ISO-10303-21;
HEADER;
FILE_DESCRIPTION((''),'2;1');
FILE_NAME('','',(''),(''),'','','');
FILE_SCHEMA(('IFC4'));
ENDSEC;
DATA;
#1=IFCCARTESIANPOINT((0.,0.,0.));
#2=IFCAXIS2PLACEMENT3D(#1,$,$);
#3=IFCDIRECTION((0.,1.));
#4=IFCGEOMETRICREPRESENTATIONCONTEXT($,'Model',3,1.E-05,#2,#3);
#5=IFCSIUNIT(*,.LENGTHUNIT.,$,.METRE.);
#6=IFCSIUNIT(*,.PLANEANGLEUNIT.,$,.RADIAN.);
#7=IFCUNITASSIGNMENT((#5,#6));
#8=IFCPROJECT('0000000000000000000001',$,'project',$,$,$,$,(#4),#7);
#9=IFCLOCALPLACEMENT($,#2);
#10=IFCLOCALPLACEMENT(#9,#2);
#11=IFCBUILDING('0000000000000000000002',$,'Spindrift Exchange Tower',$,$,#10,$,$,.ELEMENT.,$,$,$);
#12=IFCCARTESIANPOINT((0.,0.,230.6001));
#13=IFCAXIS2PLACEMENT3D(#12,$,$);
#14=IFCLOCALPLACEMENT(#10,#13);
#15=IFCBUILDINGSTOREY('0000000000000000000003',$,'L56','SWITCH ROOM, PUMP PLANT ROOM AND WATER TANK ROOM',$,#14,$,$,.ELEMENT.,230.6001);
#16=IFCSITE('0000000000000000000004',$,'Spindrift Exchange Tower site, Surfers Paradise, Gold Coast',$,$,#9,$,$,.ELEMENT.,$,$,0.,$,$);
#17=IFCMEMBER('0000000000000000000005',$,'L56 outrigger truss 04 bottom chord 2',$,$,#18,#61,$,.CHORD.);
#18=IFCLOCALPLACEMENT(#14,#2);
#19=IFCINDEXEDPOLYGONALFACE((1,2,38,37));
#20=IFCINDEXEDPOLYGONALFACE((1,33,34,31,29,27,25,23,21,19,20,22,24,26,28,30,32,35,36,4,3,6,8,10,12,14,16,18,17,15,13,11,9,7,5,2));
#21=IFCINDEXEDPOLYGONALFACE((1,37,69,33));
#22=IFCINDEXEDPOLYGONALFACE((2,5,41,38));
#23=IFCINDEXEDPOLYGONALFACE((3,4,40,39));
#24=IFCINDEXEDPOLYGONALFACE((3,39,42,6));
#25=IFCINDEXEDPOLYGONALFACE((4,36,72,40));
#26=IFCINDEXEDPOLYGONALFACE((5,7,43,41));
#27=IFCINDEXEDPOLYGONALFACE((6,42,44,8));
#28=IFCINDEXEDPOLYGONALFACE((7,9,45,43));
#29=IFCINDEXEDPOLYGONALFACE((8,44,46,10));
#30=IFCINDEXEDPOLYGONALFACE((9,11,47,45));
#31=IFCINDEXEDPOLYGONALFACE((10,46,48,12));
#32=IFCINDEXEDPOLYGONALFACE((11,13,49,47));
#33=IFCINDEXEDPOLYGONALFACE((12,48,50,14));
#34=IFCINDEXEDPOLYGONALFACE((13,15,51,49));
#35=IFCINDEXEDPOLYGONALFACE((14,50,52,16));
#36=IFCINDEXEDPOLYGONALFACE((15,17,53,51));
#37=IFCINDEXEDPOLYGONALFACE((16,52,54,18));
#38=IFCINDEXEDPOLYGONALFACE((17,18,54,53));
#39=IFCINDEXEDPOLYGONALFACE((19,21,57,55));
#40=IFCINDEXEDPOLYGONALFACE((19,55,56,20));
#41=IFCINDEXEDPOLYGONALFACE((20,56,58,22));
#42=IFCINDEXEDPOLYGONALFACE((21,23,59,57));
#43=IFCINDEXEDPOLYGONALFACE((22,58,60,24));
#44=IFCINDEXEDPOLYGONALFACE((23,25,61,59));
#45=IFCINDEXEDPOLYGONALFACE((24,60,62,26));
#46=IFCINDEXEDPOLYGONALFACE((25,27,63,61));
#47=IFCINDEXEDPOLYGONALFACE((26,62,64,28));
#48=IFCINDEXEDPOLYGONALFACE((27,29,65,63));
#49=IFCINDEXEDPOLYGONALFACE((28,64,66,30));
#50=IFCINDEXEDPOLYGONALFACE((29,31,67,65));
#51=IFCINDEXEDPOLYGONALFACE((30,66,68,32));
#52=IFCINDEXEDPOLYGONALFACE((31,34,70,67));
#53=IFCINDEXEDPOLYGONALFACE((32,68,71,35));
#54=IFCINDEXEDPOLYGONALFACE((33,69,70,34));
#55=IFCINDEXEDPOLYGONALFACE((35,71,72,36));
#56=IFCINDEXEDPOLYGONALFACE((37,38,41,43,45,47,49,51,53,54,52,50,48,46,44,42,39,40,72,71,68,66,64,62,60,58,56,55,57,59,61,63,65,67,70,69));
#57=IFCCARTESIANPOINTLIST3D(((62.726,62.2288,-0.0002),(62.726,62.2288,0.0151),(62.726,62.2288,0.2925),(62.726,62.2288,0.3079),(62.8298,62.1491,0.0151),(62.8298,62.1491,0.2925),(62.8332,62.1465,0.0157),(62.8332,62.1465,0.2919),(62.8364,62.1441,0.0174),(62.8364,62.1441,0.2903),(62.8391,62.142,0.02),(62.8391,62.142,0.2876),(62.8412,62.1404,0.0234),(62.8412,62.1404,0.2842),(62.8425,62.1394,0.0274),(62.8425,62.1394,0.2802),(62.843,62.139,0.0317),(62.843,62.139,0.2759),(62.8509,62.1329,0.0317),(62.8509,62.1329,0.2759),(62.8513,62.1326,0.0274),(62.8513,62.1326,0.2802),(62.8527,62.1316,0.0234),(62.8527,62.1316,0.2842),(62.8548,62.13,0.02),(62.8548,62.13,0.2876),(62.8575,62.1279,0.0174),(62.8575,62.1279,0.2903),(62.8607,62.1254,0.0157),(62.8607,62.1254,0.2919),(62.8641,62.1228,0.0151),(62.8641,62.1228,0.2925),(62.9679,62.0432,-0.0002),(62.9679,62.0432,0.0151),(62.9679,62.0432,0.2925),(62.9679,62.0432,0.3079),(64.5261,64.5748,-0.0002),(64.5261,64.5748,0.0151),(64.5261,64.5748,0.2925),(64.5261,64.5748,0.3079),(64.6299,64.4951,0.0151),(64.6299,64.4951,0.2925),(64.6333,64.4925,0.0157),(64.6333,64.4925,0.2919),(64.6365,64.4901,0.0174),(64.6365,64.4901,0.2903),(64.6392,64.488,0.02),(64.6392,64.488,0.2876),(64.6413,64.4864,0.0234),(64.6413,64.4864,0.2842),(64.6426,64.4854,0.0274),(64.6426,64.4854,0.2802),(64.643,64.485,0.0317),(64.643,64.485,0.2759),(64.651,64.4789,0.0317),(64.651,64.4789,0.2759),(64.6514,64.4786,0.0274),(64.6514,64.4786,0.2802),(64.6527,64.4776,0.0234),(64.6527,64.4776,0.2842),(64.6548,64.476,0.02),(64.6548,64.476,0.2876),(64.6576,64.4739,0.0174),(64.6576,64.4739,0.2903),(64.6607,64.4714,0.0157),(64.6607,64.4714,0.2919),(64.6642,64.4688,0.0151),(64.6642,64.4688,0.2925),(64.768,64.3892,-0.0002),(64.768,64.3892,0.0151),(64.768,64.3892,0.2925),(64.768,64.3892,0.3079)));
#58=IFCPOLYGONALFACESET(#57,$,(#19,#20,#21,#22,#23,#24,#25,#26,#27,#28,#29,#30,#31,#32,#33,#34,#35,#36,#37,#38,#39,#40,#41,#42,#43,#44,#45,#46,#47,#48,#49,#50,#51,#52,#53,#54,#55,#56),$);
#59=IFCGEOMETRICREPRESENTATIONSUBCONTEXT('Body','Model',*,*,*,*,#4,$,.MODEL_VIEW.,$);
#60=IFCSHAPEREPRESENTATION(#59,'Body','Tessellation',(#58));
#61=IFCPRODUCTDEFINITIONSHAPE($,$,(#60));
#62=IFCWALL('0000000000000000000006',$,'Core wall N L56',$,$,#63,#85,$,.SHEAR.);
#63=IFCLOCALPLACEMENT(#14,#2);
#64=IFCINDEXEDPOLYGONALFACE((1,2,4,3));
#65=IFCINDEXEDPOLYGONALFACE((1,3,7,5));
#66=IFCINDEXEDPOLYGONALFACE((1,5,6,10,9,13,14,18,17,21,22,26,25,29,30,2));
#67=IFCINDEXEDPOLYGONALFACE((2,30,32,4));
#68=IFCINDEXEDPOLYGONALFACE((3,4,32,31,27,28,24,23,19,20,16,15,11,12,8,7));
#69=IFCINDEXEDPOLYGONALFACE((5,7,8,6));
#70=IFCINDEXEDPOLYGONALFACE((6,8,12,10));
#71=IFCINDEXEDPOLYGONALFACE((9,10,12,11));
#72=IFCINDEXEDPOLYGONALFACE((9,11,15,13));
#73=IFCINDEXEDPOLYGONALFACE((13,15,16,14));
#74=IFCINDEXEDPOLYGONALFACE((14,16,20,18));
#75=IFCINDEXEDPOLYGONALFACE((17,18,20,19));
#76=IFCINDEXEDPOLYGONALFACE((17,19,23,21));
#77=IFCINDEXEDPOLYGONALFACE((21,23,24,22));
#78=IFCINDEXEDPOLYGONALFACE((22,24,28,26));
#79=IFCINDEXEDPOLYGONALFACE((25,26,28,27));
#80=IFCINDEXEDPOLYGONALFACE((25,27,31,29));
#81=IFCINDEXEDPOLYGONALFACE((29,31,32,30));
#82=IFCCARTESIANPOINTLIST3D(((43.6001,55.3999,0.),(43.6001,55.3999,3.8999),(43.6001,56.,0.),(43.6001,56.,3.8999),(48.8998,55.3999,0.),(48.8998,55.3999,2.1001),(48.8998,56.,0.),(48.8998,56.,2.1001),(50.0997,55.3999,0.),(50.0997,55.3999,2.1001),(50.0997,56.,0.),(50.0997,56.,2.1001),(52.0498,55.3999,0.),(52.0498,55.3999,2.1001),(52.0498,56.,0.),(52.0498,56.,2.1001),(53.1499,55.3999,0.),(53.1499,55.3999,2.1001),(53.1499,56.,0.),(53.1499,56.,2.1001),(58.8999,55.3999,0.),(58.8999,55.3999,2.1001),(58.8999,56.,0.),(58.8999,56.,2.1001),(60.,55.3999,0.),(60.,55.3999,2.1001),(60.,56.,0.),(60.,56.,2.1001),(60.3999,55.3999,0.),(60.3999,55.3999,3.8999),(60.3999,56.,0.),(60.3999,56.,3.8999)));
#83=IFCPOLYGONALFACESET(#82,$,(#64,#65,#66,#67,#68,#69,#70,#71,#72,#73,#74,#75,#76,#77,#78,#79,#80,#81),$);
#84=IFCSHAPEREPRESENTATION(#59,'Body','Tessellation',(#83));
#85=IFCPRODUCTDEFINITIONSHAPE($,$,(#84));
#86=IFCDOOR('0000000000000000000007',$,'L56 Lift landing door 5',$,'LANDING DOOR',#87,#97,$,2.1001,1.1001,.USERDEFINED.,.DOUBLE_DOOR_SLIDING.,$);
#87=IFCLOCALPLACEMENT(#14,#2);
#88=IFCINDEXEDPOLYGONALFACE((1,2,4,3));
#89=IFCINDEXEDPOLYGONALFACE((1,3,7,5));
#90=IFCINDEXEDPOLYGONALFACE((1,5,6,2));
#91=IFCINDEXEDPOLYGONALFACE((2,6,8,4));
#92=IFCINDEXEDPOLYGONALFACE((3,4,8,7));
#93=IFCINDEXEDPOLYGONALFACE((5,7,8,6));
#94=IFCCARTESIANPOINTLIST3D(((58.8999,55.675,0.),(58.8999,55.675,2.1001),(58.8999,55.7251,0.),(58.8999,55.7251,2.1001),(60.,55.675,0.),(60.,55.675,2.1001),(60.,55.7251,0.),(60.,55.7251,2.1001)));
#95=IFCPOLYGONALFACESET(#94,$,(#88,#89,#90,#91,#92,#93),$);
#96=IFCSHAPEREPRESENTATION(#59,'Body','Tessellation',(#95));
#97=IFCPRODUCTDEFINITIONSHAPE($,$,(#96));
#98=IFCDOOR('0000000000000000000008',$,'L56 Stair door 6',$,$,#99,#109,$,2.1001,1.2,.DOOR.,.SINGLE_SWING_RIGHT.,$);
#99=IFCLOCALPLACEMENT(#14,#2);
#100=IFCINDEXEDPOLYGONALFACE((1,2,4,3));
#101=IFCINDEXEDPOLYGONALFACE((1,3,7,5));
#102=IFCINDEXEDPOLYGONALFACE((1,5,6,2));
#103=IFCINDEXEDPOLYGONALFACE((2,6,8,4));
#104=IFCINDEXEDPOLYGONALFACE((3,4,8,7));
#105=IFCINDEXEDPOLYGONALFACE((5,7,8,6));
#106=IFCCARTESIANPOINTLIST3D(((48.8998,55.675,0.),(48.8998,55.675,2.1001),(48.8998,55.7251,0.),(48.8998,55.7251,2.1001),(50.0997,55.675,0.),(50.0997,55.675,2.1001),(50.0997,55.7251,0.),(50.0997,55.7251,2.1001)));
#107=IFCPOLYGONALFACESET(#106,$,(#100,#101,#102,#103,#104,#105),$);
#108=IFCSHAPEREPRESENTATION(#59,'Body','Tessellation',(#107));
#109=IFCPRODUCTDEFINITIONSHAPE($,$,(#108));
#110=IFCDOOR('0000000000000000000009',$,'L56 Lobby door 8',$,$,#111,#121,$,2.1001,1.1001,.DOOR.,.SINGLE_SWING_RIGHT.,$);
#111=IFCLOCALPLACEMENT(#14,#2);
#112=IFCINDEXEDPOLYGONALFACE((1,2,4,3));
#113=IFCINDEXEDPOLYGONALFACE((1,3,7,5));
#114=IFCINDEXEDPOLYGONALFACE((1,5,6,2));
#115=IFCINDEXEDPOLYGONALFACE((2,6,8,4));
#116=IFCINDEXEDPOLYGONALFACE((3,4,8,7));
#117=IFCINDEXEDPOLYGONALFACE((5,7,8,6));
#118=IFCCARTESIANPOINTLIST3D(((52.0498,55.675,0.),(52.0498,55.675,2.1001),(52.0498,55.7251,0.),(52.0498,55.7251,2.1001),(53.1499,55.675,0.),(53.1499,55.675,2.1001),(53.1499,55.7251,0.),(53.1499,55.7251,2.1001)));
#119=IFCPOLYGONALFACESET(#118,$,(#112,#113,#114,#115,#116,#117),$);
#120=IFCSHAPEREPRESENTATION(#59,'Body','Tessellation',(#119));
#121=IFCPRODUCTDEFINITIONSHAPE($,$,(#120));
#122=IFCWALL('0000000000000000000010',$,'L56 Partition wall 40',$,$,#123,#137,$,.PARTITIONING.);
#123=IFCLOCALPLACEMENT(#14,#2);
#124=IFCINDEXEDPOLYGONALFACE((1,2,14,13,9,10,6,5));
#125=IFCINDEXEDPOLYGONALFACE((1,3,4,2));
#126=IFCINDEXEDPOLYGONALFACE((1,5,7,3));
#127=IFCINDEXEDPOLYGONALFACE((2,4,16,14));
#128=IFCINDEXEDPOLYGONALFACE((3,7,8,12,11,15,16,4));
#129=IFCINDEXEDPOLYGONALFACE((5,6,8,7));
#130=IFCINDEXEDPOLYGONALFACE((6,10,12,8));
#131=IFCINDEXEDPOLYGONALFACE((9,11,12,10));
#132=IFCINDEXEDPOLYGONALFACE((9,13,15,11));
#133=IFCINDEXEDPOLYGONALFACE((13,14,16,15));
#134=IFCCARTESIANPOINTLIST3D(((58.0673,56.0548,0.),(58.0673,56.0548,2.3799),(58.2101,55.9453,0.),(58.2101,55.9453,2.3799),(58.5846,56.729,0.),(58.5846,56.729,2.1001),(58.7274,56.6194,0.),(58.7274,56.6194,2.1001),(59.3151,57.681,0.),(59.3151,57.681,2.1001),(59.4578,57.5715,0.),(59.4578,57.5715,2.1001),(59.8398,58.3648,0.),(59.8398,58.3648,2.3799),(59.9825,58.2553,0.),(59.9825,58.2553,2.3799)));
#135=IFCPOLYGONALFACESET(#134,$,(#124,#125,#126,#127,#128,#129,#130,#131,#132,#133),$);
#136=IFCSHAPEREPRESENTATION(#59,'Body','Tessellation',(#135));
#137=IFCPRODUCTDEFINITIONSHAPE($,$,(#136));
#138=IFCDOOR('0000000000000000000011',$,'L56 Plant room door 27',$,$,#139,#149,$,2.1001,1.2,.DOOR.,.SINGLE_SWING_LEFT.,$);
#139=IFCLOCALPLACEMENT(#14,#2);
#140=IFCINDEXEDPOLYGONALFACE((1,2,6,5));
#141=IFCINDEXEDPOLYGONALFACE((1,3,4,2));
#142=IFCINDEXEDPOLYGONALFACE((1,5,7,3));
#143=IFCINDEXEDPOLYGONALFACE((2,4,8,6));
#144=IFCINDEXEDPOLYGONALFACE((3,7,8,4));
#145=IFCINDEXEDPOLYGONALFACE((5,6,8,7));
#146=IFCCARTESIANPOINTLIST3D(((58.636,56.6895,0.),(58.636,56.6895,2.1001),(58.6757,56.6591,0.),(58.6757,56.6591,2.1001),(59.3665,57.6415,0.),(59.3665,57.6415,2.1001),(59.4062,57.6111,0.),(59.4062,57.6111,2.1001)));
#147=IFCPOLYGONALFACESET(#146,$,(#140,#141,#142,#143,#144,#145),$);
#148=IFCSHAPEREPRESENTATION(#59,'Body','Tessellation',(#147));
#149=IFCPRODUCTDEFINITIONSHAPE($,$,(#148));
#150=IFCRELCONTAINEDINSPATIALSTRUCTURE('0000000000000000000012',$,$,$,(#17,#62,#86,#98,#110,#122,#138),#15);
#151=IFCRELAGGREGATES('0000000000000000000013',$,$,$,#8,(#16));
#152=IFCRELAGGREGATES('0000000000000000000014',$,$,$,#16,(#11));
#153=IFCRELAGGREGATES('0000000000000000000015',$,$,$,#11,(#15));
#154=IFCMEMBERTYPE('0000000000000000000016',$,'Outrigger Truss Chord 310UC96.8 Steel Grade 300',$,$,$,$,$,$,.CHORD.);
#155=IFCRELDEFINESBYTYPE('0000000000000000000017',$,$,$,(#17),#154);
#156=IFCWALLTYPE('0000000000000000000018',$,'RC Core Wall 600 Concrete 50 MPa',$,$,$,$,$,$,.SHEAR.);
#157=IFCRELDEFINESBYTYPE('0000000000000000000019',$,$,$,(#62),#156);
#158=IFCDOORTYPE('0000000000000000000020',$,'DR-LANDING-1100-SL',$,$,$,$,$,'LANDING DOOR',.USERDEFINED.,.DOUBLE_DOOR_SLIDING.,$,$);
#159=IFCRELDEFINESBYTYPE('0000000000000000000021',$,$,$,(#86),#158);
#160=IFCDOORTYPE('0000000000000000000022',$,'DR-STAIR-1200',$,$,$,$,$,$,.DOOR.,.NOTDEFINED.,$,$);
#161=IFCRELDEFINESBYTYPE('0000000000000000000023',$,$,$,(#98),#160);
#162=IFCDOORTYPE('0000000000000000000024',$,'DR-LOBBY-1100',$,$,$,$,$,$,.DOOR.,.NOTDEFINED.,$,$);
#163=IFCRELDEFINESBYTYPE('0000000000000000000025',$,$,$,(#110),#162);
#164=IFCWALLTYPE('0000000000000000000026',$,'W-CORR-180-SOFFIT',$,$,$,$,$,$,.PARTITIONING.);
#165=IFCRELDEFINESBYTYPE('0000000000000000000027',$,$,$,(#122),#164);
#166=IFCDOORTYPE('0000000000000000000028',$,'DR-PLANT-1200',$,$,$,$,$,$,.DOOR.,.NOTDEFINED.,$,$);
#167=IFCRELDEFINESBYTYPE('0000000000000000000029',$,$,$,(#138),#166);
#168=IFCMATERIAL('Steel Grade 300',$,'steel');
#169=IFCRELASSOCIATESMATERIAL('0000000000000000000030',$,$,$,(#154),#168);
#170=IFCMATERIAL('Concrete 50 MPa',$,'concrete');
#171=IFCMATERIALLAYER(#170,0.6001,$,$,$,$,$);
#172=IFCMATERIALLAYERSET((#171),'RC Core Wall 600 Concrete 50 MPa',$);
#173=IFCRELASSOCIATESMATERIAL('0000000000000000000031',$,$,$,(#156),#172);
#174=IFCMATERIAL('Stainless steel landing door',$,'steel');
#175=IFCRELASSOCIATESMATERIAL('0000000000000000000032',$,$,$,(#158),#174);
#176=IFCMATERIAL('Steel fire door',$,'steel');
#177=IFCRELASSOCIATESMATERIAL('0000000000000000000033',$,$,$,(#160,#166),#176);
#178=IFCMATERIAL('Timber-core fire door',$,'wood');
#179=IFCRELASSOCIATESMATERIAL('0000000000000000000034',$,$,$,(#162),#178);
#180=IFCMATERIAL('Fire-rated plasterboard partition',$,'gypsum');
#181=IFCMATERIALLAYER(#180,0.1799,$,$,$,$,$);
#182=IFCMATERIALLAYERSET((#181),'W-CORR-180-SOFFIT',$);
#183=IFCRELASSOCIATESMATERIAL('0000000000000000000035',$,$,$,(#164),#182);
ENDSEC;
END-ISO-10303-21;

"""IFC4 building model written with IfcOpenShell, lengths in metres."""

from ifc_helpers import new_model, si_unit, direction, frame, frame_2d, origin, origin_2d, place, context, subcontext, project, spatial, rectangle, i_section, extrude, source, transform, mapped, material, layer, layer_set, material_profile, profile_set, type_object, element, fill, save


model = new_model("IFC4")

# Units and contexts
model_context = context("Model", 3, precision=1e-05, world=origin(), true_north=direction((0.0, 1.0)))
body_context = subcontext(model_context, "Body", "Model", "MODEL_VIEW")
ifc_project = project(units=[si_unit("LENGTHUNIT", "METRE"), si_unit("PLANEANGLEUNIT", "RADIAN")], contexts=[model_context])

# Site, building, storey
site_placement = place(None, origin())
site = spatial("IfcSite", under=ifc_project, at=site_placement, Name="Spindrift Exchange Tower site, Surfers Paradise, Gold Coast", CompositionType="ELEMENT", RefElevation=0.0)
building_placement = place(site_placement, origin())
building = spatial("IfcBuilding", under=site, at=building_placement, Name="Spindrift Exchange Tower", CompositionType="ELEMENT")
storey_placement = place(building_placement, frame((0.0, 0.0, 230.6001)))
storey = spatial("IfcBuildingStorey", under=building, at=storey_placement, Name="L56", Description="SWITCH ROOM, PUMP PLANT ROOM AND WATER TANK ROOM", CompositionType="ELEMENT", Elevation=230.6001)

# Shared definitions
ifc_material_1 = material(Name="Steel Grade 300", Category="steel")

# Shared definitions
ifc_material_profile_1 = material_profile(ifc_material_1, i_section(OverallWidth=0.3049, OverallDepth=0.3081, WebThickness=0.01, FlangeThickness=0.0154, FilletRadius=0.0166, at=origin_2d()), Name="310UC96.8")
ifc_profile_set_1 = profile_set([ifc_material_profile_1], Name="Steel Grade 300")
member_type = type_object("IfcMemberType", Name="Outrigger Truss Chord 310UC96.8 Steel Grade 300", PredefinedType="CHORD", material=ifc_profile_set_1)

# Member
shared_shape_1 = source(origin(), body_context, "Body", "SweptSolid", [
    extrude(i_section(OverallWidth=0.3049, OverallDepth=0.3081, WebThickness=0.01, FlangeThickness=0.0154, FilletRadius=0.0166, at=origin_2d()), origin(), (0.0, 0.0, 1.0), 2.957),
])
member_1_placement = place(storey_placement, frame((62.8469, 62.136, 0.1538), z_axis=(0.608749, 0.793363, 0.0), x_axis=(-0.793363, 0.608749, 0.0)))
element("IfcMember", 1, at=member_1_placement, inside=storey, type_object=member_type, Name="L56 outrigger truss 04 bottom chord 2", PredefinedType="CHORD", context=body_context, shape_type="MappedRepresentation", body=[
    mapped(shared_shape_1, transform((0.0, 0.0, 0.0), scale=1.0)),
])

# Wall, openings, doors
ifc_material_2 = material(Name="Concrete 50 MPa", Category="concrete")
ifc_layer_1 = layer(ifc_material_2, 0.6001)
ifc_layer_set_1 = layer_set([ifc_layer_1], Name="RC Core Wall 600 Concrete 50 MPa")
wall_type_1 = type_object("IfcWallType", Name="RC Core Wall 600 Concrete 50 MPa", PredefinedType="SHEAR", material=ifc_layer_set_1)
wall_1_placement = place(storey_placement, frame((60.3999, 55.7, 0.0), z_axis=(0.0, 0.0, 1.0), x_axis=(-1.0, 0.0, 0.0)))
wall_1 = element("IfcWall", 2, at=wall_1_placement, inside=storey, type_object=wall_type_1, Name="Core wall N L56", PredefinedType="SHEAR", context=body_context, shape_type="SweptSolid", body=[
    extrude(rectangle(XDim=16.7998, YDim=0.6001, at=frame_2d((8.3999, 0.0))), origin(), (0.0, 0.0, 1.0), 3.8999),
])
opening_1_placement = place(wall_1_placement, frame((0.3999, 0.0, 0.0)))
opening_1 = element("IfcOpeningElement", 3, at=opening_1_placement, cuts=wall_1, PredefinedType="OPENING", context=body_context, shape_type="SweptSolid", body=[
    extrude(rectangle(XDim=1.1001, YDim=2.1001, at=frame_2d((0.55, 1.05))), frame((0.0, 0.3101, 0.0), z_axis=(0.0, -1.0, 0.0), x_axis=(1.0, 0.0, 0.0)), (0.0, 0.0, 1.0), 0.6201),
])
opening_2_placement = place(wall_1_placement, frame((10.3, 0.0, 0.0)))
opening_2 = element("IfcOpeningElement", 4, at=opening_2_placement, cuts=wall_1, PredefinedType="OPENING", context=body_context, shape_type="SweptSolid", body=[
    extrude(rectangle(XDim=1.2, YDim=2.1001, at=frame_2d((0.6001, 1.05))), frame((0.0, 0.3101, 0.0), z_axis=(0.0, -1.0, 0.0), x_axis=(1.0, 0.0, 0.0)), (0.0, 0.0, 1.0), 0.6201),
])
opening_3_placement = place(wall_1_placement, frame((7.25, 0.0, 0.0)))
opening_3 = element("IfcOpeningElement", 5, at=opening_3_placement, cuts=wall_1, PredefinedType="OPENING", context=body_context, shape_type="SweptSolid", body=[
    extrude(rectangle(XDim=1.1001, YDim=2.1001, at=frame_2d((0.55, 1.05))), frame((0.0, 0.3101, 0.0), z_axis=(0.0, -1.0, 0.0), x_axis=(1.0, 0.0, 0.0)), (0.0, 0.0, 1.0), 0.6201),
])
ifc_material_3 = material(Name="Stainless steel landing door", Category="steel")
door_type_1 = type_object("IfcDoorType", Name="DR-LANDING-1100-SL", ElementType="LANDING DOOR", OperationType="DOUBLE_DOOR_SLIDING", PredefinedType="USERDEFINED", material=ifc_material_3)
shared_shape_2 = source(origin(), body_context, "Body", "SweptSolid", [
    extrude(rectangle(XDim=1.1001, YDim=2.1001, at=frame_2d((0.55, 1.05))), frame((0.0, 0.0249, 0.0), z_axis=(0.0, -1.0, 0.0), x_axis=(1.0, 0.0, 0.0)), (0.0, 0.0, 1.0), 0.05),
])
door_1_placement = place(opening_1_placement, origin())
door_1 = element("IfcDoor", 6, at=door_1_placement, inside=storey, type_object=door_type_1, Name="L56 Lift landing door 5", ObjectType="LANDING DOOR", OperationType="DOUBLE_DOOR_SLIDING", OverallHeight=2.1001, OverallWidth=1.1001, PredefinedType="USERDEFINED", context=body_context, shape_type="MappedRepresentation", body=[
    mapped(shared_shape_2, transform((0.0, 0.0, 0.0), scale=1.0)),
])
fill(opening_1, door_1)
ifc_material_4 = material(Name="Steel fire door", Category="steel")
door_type_2 = type_object("IfcDoorType", Name="DR-STAIR-1200", OperationType="NOTDEFINED", PredefinedType="DOOR", material=ifc_material_4)
shared_shape_3 = source(origin(), body_context, "Body", "SweptSolid", [
    extrude(rectangle(XDim=1.2, YDim=2.1001, at=frame_2d((0.6001, 1.05))), frame((0.0, 0.0249, 0.0), z_axis=(0.0, -1.0, 0.0), x_axis=(1.0, 0.0, 0.0)), (0.0, 0.0, 1.0), 0.05),
])
door_2_placement = place(opening_2_placement, origin())
door_2 = element("IfcDoor", 7, at=door_2_placement, inside=storey, type_object=door_type_2, Name="L56 Stair door 6", OperationType="SINGLE_SWING_RIGHT", OverallHeight=2.1001, OverallWidth=1.2, PredefinedType="DOOR", context=body_context, shape_type="MappedRepresentation", body=[
    mapped(shared_shape_3, transform((0.0, 0.0, 0.0), scale=1.0)),
])
fill(opening_2, door_2)
ifc_material_5 = material(Name="Timber-core fire door", Category="wood")
door_type_3 = type_object("IfcDoorType", Name="DR-LOBBY-1100", OperationType="NOTDEFINED", PredefinedType="DOOR", material=ifc_material_5)
shared_shape_4 = source(origin(), body_context, "Body", "SweptSolid", [
    extrude(rectangle(XDim=1.1001, YDim=2.1001, at=frame_2d((0.55, 1.05))), frame((0.0, 0.0249, 0.0), z_axis=(0.0, -1.0, 0.0), x_axis=(1.0, 0.0, 0.0)), (0.0, 0.0, 1.0), 0.05),
])
door_3_placement = place(opening_3_placement, origin())
door_3 = element("IfcDoor", 8, at=door_3_placement, inside=storey, type_object=door_type_3, Name="L56 Lobby door 8", OperationType="SINGLE_SWING_RIGHT", OverallHeight=2.1001, OverallWidth=1.1001, PredefinedType="DOOR", context=body_context, shape_type="MappedRepresentation", body=[
    mapped(shared_shape_4, transform((0.0, 0.0, 0.0), scale=1.0)),
])
fill(opening_3, door_3)

# Wall, opening, door
ifc_material_6 = material(Name="Fire-rated plasterboard partition", Category="gypsum")
ifc_layer_2 = layer(ifc_material_6, 0.1799)
ifc_layer_set_2 = layer_set([ifc_layer_2], Name="W-CORR-180-SOFFIT")
wall_type_2 = type_object("IfcWallType", Name="W-CORR-180-SOFFIT", PredefinedType="PARTITIONING", material=ifc_layer_set_2)
wall_2_placement = place(storey_placement, frame((59.9111, 58.3101, 0.0), z_axis=(0.0, 0.0, 1.0), x_axis=(-0.608738, -0.793371, 0.0)))
wall_2 = element("IfcWall", 9, at=wall_2_placement, inside=storey, type_object=wall_type_2, Name="L56 Partition wall 40", PredefinedType="PARTITIONING", context=body_context, shape_type="SweptSolid", body=[
    extrude(rectangle(XDim=2.9116, YDim=0.1799, at=frame_2d((1.4558, 0.0))), origin(), (0.0, 0.0, 1.0), 2.3799),
])
opening_4_placement = place(wall_2_placement, frame((0.8618, 0.0, 0.0)))
opening_4 = element("IfcOpeningElement", 10, at=opening_4_placement, cuts=wall_2, PredefinedType="OPENING", context=body_context, shape_type="SweptSolid", body=[
    extrude(rectangle(XDim=1.2, YDim=2.1001, at=frame_2d((0.6001, 1.05))), frame((0.0, 0.0999, 0.0), z_axis=(0.0, -1.0, 0.0), x_axis=(1.0, 0.0, 0.0)), (0.0, 0.0, 1.0), 0.2),
])
door_type_4 = type_object("IfcDoorType", Name="DR-PLANT-1200", OperationType="NOTDEFINED", PredefinedType="DOOR", material=ifc_material_4)
shared_shape_5 = source(origin(), body_context, "Body", "SweptSolid", [
    extrude(rectangle(XDim=1.2, YDim=2.1001, at=frame_2d((0.6001, 1.05))), frame((0.0, 0.0249, 0.0), z_axis=(0.0, -1.0, 0.0), x_axis=(1.0, 0.0, 0.0)), (0.0, 0.0, 1.0), 0.05),
])
door_4_placement = place(opening_4_placement, origin())
door_4 = element("IfcDoor", 11, at=door_4_placement, inside=storey, type_object=door_type_4, Name="L56 Plant room door 27", OperationType="SINGLE_SWING_LEFT", OverallHeight=2.1001, OverallWidth=1.2, PredefinedType="DOOR", context=body_context, shape_type="MappedRepresentation", body=[
    mapped(shared_shape_5, transform((0.0, 0.0, 0.0), scale=1.0)),
])
fill(opening_4, door_4)

save(model, "model.ifc")
